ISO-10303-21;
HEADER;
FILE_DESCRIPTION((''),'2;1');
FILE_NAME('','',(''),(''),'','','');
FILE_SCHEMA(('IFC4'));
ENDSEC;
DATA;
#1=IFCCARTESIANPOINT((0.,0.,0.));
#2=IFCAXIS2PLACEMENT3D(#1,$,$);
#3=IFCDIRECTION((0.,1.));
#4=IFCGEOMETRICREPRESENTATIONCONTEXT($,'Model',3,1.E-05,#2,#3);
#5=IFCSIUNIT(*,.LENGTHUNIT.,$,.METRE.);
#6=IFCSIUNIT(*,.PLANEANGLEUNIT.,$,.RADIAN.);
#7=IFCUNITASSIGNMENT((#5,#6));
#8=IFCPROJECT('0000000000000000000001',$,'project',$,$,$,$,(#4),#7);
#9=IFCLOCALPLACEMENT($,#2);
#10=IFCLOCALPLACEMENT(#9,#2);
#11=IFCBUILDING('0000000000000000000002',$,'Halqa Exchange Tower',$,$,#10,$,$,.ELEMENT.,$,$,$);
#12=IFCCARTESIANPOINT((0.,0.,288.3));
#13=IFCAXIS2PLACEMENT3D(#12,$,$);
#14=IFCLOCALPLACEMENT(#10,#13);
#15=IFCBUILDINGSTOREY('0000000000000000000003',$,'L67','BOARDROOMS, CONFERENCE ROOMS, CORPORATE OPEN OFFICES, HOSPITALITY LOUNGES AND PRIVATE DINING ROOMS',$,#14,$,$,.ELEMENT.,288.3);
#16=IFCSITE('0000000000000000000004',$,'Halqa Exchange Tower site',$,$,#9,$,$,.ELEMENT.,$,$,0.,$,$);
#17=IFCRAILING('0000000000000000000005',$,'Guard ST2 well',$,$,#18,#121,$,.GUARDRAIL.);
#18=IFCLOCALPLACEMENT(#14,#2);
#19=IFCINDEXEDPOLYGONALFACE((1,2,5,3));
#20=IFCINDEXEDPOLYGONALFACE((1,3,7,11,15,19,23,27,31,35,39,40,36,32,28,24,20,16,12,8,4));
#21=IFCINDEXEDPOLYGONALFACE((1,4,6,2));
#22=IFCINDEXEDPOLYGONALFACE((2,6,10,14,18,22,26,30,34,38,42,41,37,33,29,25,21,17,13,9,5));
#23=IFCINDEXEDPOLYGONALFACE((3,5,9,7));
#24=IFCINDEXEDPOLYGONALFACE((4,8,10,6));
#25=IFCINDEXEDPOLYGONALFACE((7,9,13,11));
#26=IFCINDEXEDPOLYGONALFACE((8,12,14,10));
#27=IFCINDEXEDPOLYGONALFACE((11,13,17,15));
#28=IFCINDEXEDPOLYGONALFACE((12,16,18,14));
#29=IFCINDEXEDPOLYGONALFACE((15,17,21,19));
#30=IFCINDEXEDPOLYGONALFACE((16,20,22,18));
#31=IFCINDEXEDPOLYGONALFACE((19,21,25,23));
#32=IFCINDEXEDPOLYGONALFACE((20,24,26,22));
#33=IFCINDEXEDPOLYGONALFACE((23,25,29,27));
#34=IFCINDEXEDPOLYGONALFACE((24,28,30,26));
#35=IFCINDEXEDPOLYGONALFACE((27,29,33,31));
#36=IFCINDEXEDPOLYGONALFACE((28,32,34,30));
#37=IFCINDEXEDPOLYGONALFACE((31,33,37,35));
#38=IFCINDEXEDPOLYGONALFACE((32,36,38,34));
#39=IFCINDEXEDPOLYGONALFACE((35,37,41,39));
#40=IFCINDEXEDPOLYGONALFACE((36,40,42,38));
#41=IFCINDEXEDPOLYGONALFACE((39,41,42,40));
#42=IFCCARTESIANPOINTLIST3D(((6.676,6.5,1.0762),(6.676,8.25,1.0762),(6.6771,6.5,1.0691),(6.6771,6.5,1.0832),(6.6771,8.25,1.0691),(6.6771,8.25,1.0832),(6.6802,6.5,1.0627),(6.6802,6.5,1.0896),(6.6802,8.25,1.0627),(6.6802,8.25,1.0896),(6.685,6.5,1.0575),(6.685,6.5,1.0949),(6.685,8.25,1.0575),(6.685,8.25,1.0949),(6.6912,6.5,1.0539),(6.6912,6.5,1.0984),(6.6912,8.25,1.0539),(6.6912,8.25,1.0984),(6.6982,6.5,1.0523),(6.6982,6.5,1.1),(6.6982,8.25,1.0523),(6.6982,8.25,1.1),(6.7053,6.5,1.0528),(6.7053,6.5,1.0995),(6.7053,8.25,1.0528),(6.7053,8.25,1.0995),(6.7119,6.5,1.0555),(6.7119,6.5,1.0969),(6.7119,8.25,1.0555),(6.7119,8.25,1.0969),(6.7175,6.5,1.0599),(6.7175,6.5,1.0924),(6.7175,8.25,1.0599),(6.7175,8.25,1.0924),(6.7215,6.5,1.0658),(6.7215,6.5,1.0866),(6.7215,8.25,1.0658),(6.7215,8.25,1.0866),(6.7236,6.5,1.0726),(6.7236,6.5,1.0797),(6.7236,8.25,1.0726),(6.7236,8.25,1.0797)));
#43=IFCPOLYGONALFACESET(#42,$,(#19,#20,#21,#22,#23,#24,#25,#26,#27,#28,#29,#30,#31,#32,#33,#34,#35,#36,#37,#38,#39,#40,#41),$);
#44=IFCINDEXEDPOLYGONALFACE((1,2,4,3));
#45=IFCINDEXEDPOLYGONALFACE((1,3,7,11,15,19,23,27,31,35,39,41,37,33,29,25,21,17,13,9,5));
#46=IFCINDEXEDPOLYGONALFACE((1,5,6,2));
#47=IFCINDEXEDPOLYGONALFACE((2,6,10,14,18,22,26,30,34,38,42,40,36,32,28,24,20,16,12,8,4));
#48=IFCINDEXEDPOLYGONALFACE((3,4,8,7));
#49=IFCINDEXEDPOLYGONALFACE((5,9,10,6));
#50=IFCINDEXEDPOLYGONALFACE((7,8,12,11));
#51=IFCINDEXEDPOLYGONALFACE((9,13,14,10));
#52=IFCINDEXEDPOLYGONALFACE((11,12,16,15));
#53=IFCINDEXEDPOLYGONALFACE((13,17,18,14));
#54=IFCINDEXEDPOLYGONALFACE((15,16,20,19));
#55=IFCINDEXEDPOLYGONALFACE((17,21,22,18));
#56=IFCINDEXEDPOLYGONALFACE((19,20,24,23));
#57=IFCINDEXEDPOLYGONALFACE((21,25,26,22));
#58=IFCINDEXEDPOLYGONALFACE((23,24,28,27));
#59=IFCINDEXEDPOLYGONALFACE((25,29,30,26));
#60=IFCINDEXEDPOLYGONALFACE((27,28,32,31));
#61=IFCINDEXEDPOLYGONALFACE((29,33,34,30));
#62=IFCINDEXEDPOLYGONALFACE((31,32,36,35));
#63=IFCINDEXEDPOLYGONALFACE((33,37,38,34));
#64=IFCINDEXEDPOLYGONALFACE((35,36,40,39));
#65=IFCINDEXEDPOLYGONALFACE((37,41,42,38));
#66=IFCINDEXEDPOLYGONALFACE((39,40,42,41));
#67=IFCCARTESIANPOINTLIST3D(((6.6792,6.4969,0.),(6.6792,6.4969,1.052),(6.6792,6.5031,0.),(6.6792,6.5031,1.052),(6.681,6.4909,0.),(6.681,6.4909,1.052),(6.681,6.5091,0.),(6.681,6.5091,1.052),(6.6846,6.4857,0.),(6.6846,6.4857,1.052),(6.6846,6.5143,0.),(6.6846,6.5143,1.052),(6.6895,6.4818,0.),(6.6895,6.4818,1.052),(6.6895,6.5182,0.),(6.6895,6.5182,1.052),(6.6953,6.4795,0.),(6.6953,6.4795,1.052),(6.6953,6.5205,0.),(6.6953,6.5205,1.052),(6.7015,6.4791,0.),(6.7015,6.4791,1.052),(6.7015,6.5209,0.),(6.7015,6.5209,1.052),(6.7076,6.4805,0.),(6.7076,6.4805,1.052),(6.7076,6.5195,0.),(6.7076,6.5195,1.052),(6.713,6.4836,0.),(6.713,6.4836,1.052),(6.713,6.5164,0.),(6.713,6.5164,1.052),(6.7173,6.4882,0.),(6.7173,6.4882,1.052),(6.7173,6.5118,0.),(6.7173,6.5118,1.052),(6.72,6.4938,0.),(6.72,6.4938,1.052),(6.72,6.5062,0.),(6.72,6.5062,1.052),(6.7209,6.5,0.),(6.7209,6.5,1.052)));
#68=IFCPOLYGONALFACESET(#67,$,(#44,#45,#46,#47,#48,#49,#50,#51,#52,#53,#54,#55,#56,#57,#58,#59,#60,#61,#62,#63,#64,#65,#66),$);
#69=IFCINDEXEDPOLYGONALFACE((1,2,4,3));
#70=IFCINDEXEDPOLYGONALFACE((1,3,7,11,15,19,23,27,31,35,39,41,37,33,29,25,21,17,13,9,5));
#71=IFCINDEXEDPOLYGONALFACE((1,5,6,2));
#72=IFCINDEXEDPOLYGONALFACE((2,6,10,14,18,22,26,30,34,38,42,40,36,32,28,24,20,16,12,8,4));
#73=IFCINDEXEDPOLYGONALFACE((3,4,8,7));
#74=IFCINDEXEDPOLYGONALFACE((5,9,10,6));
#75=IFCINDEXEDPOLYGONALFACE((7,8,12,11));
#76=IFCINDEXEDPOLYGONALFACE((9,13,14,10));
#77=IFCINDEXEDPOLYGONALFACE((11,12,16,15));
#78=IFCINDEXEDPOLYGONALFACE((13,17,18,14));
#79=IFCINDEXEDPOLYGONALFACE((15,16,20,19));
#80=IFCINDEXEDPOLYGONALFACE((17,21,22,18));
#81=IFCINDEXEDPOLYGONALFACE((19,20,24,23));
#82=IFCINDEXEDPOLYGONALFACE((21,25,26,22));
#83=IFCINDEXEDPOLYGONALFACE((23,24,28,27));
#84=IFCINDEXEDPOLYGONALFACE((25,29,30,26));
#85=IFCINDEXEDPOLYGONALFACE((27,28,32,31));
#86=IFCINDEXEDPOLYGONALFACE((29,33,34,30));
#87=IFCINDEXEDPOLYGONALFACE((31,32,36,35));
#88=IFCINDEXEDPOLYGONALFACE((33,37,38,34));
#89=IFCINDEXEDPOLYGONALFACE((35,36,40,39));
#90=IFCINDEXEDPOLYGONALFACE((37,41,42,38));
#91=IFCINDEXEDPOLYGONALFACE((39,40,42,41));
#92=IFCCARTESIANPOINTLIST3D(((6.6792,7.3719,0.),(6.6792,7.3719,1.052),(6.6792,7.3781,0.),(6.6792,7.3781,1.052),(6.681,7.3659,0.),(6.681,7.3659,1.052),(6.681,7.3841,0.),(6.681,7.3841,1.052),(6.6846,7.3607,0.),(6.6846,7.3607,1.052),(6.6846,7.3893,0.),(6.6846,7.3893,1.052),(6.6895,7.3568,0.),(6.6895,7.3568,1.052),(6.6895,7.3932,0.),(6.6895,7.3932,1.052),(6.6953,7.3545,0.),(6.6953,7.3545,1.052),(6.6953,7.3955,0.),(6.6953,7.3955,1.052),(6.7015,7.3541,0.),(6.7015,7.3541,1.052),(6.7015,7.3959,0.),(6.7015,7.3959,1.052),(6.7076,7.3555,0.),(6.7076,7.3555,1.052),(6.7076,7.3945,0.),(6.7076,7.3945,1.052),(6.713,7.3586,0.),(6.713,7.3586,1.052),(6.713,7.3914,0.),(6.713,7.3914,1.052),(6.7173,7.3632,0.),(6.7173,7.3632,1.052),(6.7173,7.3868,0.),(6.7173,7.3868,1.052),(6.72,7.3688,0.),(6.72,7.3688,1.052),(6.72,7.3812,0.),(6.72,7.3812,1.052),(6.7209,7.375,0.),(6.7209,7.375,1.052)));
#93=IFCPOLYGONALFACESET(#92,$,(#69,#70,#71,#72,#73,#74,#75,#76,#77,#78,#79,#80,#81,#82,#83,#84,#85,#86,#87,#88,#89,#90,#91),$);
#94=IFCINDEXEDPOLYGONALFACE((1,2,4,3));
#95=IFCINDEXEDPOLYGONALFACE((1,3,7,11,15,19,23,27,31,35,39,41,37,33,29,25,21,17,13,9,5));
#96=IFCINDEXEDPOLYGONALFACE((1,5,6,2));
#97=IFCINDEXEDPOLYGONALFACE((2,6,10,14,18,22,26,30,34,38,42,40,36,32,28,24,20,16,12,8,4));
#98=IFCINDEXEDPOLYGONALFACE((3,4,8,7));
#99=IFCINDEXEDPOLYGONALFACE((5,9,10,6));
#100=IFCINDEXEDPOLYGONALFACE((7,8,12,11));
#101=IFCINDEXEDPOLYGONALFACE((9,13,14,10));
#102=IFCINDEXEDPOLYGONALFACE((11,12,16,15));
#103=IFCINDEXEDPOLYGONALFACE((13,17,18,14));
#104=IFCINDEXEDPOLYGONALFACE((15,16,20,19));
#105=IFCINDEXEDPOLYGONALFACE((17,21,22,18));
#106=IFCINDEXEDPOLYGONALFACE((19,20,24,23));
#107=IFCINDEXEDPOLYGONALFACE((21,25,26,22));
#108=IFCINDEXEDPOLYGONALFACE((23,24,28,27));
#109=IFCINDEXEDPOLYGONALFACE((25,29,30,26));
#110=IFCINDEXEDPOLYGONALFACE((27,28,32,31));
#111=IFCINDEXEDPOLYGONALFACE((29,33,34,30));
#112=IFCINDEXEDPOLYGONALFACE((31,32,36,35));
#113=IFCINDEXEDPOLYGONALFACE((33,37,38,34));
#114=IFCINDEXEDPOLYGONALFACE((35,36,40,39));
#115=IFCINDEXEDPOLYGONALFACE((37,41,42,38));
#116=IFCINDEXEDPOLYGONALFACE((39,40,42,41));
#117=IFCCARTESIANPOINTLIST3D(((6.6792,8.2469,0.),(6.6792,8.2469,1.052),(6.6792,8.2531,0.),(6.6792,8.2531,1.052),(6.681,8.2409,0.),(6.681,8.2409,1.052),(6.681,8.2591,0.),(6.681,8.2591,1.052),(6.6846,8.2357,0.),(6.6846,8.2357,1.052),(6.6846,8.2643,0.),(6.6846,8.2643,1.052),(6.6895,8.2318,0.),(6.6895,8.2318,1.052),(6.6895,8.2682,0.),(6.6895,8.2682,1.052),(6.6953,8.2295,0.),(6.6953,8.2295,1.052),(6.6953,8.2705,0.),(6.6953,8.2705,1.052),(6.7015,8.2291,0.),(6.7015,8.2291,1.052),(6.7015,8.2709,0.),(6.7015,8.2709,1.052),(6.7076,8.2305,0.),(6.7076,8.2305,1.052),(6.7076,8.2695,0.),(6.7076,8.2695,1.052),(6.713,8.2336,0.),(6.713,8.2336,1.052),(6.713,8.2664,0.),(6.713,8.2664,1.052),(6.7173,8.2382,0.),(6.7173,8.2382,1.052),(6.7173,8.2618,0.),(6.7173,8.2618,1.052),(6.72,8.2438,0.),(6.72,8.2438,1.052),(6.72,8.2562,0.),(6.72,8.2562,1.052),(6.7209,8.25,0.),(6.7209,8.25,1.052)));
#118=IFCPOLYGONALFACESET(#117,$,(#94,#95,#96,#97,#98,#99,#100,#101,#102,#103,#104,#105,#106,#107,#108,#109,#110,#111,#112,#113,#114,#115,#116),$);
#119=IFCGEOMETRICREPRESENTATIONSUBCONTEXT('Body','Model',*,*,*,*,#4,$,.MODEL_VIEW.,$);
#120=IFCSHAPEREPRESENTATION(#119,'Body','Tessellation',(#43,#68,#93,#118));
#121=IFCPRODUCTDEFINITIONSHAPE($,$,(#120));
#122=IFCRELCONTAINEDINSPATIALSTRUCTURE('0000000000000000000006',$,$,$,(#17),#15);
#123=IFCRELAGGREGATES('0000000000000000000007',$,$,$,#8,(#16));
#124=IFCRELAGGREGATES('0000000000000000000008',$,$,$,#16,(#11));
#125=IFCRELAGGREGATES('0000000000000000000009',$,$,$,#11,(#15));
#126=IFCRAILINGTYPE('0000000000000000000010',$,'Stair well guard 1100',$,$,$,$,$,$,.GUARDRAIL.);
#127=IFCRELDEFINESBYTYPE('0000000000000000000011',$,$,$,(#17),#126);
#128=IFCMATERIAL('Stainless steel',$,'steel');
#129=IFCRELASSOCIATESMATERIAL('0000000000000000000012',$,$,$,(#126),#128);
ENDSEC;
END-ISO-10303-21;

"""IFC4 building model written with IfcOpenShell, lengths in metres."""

from ifc_helpers import new_model, si_unit, direction, frame, origin, origin_2d, place, context, subcontext, project, spatial, circle, extrude, material, type_object, element, save


model = new_model("IFC4")

# Units and contexts
model_context = context("Model", 3, precision=1e-05, world=origin(), true_north=direction((0.0, 1.0)))
body_context = subcontext(model_context, "Body", "Model", "MODEL_VIEW")
ifc_project = project(units=[si_unit("LENGTHUNIT", "METRE"), si_unit("PLANEANGLEUNIT", "RADIAN")], contexts=[model_context])

# Site, building, storey
site_placement = place(None, origin())
site = spatial("IfcSite", under=ifc_project, at=site_placement, Name="Halqa Exchange Tower site", CompositionType="ELEMENT", RefElevation=0.0)
building_placement = place(site_placement, origin())
building = spatial("IfcBuilding", under=site, at=building_placement, Name="Halqa Exchange Tower", CompositionType="ELEMENT")
storey_placement = place(building_placement, frame((0.0, 0.0, 288.3)))
storey = spatial("IfcBuildingStorey", under=building, at=storey_placement, Name="L67", Description="BOARDROOMS, CONFERENCE ROOMS, CORPORATE OPEN OFFICES, HOSPITALITY LOUNGES AND PRIVATE DINING ROOMS", CompositionType="ELEMENT", Elevation=288.3)

# Railing
ifc_material_1 = material(Name="Stainless steel", Category="steel")
railing_type_1 = type_object("IfcRailingType", Name="Stair well guard 1100", PredefinedType="GUARDRAIL", material=ifc_material_1)
railing_1_placement = place(storey_placement, frame((6.7, 6.5, 0.0)))
element("IfcRailing", 1, at=railing_1_placement, inside=storey, type_object=railing_type_1, Name="Guard ST2 well", PredefinedType="GUARDRAIL", context=body_context, shape_type="SweptSolid", body=[
    extrude(circle(Radius=0.0239, at=origin_2d()), frame((0.0, 0.0, 1.0762), z_axis=(0.0, 1.0, 0.0), x_axis=(-1.0, 0.0, 0.0)), (0.0, 0.0, 1.0), 1.75),
    extrude(circle(Radius=0.021, at=origin_2d()), origin(), (0.0, 0.0, 1.0), 1.052),
    extrude(circle(Radius=0.021, at=origin_2d()), frame((0.0, 0.875, 0.0)), (0.0, 0.0, 1.0), 1.052),
    extrude(circle(Radius=0.021, at=origin_2d()), frame((0.0, 1.75, 0.0)), (0.0, 0.0, 1.0), 1.052),
])

save(model, "model.ifc")
